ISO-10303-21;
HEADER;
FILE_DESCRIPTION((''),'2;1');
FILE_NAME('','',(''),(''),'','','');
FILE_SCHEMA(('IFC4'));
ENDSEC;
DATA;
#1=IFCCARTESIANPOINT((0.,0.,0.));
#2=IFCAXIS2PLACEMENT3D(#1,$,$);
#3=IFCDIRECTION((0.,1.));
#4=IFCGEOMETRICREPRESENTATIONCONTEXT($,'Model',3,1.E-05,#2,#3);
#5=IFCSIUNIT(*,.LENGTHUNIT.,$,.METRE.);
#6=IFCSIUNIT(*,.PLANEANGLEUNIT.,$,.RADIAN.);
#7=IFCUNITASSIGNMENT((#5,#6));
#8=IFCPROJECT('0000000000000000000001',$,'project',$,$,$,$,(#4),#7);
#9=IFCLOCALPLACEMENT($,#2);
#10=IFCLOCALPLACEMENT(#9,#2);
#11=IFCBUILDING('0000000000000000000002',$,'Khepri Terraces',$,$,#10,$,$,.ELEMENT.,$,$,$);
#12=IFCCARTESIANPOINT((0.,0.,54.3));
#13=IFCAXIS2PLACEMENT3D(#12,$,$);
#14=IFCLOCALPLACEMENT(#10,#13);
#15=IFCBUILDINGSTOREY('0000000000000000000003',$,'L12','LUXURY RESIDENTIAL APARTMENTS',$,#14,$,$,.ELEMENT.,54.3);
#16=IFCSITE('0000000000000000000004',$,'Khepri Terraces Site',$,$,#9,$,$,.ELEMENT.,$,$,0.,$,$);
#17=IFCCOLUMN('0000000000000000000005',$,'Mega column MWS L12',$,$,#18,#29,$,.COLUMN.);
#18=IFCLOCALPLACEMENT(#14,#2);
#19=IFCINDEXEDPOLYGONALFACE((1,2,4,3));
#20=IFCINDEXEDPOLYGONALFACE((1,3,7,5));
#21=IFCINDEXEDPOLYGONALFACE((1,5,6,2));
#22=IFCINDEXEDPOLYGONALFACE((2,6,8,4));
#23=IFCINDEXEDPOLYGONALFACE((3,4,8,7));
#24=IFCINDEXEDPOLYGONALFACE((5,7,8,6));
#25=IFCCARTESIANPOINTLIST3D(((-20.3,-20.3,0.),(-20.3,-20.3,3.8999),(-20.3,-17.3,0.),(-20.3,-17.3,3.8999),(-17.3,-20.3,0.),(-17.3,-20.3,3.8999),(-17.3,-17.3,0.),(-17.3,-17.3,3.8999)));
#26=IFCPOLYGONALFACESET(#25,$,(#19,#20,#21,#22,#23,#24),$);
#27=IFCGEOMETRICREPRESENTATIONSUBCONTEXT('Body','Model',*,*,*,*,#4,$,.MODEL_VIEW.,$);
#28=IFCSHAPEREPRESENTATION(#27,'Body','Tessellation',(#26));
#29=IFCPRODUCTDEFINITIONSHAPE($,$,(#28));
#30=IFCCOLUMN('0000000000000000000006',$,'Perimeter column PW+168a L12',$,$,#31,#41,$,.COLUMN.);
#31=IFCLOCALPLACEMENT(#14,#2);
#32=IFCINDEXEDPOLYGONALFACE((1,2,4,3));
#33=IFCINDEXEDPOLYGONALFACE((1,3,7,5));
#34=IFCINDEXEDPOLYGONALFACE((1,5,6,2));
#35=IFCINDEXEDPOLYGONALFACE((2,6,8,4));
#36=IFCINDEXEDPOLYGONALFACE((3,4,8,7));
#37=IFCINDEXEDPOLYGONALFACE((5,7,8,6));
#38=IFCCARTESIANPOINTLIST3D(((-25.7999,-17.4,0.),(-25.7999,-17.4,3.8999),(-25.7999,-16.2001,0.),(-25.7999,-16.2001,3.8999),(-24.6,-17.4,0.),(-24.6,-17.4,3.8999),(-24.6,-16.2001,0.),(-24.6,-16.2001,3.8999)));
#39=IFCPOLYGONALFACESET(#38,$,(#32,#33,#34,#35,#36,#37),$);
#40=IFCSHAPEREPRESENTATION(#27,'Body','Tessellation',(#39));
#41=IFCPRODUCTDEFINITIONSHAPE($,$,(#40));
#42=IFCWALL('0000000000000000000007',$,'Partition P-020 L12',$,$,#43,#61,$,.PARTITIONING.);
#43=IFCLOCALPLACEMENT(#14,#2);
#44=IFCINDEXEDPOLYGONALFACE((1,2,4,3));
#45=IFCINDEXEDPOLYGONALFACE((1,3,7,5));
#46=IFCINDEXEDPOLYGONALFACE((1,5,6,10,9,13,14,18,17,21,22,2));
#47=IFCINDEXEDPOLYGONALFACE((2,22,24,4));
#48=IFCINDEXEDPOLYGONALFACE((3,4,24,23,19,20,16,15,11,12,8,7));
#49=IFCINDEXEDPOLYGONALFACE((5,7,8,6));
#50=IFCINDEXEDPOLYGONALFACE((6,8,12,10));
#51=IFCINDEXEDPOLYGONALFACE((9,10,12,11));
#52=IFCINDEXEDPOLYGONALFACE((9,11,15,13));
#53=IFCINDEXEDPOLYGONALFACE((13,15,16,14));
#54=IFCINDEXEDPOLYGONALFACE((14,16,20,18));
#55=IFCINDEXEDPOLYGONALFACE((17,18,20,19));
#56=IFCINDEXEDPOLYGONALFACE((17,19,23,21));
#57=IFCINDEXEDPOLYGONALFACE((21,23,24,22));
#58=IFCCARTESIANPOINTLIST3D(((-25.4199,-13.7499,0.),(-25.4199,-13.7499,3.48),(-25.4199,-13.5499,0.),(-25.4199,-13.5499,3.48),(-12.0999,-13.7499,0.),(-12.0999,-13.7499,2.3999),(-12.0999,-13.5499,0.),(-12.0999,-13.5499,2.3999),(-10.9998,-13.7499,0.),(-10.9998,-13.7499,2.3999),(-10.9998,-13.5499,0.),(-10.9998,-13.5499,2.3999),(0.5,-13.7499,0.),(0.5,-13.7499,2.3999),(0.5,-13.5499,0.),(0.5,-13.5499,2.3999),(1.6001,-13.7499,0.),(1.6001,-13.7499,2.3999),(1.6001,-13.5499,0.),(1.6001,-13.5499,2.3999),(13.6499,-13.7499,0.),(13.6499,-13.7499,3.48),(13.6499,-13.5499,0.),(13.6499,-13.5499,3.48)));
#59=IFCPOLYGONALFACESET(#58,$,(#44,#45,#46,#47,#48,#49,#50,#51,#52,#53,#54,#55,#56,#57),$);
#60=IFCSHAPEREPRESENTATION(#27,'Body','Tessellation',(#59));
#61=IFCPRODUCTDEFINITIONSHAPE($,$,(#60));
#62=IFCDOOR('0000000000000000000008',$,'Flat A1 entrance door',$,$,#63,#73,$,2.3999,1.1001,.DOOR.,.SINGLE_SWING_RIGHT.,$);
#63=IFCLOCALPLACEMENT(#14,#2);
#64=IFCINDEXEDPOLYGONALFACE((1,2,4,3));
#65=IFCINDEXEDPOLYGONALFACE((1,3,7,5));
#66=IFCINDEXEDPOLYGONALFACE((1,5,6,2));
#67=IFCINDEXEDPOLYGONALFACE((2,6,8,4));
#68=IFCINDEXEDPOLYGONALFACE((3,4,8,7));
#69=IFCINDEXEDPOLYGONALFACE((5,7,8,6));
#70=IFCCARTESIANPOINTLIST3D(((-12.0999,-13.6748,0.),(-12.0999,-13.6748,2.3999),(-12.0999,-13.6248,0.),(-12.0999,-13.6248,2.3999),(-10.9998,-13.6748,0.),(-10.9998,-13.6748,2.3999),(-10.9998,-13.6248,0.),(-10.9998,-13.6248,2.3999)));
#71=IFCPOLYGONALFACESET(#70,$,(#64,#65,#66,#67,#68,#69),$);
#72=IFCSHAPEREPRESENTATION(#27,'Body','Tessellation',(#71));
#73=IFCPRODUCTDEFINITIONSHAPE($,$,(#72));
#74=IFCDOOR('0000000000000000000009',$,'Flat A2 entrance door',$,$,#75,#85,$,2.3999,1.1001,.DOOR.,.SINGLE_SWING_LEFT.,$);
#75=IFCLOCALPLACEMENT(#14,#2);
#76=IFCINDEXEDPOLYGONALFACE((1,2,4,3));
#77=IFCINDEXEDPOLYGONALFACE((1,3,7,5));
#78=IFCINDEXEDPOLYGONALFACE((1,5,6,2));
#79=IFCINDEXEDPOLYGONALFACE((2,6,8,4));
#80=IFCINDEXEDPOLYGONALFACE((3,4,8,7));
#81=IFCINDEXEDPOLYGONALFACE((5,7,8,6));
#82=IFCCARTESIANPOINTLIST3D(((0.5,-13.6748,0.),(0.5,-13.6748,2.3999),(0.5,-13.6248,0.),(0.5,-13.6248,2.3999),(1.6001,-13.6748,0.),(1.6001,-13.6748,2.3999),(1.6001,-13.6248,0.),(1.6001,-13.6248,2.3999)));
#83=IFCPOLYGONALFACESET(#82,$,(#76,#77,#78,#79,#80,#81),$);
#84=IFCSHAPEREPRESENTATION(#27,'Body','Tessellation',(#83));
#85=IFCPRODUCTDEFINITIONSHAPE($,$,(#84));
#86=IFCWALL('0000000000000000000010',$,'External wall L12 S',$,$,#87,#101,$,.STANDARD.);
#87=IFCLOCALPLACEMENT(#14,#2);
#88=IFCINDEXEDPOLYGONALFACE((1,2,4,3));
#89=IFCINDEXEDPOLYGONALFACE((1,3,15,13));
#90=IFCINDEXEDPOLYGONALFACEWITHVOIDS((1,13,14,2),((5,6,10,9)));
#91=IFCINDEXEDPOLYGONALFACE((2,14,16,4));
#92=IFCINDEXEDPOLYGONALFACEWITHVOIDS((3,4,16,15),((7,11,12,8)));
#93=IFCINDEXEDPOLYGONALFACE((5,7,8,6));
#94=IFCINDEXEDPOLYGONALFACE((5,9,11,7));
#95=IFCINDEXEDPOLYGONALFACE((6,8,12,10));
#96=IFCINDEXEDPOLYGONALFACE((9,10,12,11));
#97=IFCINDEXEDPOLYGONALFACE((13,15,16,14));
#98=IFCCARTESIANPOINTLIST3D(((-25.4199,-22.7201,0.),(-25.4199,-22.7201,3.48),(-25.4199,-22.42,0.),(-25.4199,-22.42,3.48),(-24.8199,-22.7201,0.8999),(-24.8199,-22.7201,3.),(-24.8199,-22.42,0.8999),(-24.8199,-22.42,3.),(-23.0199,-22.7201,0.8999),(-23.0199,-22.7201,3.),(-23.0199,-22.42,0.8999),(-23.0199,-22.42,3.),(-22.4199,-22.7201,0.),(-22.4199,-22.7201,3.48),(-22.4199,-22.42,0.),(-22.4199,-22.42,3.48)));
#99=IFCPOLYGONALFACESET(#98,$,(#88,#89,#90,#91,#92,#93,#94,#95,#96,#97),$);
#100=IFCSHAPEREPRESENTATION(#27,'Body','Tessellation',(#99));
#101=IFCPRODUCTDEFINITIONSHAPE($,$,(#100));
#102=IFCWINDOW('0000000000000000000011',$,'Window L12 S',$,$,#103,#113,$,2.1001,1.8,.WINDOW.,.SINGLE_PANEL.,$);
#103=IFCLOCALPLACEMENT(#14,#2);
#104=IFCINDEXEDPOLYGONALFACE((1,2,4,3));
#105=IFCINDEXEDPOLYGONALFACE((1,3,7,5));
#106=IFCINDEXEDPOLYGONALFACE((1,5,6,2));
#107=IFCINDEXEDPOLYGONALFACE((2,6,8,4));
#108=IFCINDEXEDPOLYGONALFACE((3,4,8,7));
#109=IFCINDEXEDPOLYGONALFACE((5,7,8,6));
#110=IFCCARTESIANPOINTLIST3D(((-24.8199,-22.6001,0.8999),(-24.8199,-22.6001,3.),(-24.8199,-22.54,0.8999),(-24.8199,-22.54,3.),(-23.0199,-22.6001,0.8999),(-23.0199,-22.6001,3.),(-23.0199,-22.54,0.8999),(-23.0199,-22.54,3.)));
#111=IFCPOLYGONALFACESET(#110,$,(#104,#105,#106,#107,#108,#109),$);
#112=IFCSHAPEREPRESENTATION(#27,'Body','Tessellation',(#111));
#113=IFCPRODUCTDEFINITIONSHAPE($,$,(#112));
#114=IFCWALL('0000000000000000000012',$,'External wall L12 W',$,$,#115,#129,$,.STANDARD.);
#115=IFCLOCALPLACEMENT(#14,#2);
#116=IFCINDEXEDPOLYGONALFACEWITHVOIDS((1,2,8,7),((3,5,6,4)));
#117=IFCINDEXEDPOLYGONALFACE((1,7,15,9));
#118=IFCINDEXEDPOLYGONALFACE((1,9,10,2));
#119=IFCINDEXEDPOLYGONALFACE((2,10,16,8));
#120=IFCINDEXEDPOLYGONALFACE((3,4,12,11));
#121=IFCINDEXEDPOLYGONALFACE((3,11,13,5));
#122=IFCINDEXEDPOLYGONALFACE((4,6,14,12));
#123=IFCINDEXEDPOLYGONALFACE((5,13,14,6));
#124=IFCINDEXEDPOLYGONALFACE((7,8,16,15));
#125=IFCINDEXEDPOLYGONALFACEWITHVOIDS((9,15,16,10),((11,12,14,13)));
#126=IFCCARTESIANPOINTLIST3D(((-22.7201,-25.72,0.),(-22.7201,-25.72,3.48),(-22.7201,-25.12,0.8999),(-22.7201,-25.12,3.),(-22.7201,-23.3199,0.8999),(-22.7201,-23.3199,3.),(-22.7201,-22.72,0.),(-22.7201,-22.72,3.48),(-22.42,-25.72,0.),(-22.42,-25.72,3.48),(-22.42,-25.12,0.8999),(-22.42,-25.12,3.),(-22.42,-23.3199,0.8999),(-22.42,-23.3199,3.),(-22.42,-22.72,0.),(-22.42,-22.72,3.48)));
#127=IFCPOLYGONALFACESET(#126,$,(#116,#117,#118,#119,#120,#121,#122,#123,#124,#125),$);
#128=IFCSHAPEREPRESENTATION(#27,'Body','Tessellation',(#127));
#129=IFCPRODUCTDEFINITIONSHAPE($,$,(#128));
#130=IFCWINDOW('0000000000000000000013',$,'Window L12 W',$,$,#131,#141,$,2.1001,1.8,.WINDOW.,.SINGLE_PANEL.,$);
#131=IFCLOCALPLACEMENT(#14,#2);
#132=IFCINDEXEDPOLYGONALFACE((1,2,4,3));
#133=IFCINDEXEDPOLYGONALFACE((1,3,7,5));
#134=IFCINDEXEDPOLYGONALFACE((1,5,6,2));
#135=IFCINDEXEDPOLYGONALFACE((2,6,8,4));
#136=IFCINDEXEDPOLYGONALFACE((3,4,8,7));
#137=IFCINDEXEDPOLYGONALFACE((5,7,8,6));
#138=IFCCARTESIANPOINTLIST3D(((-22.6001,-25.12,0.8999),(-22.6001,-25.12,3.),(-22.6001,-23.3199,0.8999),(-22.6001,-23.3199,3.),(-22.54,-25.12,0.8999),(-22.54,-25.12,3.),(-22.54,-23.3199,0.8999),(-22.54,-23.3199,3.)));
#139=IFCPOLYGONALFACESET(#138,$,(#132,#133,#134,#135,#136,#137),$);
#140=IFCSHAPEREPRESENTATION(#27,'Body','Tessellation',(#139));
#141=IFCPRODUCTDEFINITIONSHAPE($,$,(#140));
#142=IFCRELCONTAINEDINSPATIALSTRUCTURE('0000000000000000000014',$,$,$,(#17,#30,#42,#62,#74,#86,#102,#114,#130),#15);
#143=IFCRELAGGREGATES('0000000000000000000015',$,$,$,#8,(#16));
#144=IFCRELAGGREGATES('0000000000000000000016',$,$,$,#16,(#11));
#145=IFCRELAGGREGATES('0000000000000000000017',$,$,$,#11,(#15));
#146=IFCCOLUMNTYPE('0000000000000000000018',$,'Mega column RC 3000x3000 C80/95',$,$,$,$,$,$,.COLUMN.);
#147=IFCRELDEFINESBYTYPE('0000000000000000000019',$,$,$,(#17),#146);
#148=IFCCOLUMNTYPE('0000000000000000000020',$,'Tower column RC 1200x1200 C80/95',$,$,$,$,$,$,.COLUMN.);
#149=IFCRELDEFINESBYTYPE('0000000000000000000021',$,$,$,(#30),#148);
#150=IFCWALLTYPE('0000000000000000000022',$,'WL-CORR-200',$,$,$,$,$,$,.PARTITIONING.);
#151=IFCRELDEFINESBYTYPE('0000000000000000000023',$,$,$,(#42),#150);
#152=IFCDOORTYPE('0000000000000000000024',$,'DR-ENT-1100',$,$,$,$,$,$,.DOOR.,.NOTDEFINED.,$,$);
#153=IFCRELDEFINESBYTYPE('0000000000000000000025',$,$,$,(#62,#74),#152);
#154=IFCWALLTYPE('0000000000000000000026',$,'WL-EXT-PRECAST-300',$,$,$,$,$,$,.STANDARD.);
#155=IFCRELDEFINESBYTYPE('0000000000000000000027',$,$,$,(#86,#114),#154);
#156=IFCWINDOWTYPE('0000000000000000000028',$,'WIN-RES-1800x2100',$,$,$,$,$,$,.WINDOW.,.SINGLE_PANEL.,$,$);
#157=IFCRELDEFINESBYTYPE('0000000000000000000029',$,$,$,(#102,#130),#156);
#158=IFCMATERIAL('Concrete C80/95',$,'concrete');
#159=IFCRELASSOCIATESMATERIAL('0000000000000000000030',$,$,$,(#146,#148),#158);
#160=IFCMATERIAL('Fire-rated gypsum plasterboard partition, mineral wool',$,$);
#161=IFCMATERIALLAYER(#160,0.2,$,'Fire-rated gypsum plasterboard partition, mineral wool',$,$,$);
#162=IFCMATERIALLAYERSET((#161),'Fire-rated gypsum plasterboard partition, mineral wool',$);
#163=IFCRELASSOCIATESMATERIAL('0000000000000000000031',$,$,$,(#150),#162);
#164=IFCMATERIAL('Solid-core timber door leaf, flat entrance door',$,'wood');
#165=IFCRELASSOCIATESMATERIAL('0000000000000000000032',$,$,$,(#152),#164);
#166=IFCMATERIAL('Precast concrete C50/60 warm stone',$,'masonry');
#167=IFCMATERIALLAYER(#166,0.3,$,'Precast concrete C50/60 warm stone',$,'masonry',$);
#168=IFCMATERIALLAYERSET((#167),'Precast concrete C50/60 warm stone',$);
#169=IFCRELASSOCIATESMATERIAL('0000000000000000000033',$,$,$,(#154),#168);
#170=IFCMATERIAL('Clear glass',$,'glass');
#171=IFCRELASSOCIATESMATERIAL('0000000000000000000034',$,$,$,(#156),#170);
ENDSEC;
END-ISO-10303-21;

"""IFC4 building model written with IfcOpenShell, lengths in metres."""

from ifc_helpers import new_model, si_unit, direction, frame, frame_2d, origin, origin_2d, place, context, subcontext, project, spatial, rectangle, extrude, material, layer, layer_set, material_profile, profile_set, type_object, element, fill, save


model = new_model("IFC4")

# Units and contexts
model_context = context("Model", 3, precision=1e-05, world=origin(), true_north=direction((0.0, 1.0)))
body_context = subcontext(model_context, "Body", "Model", "MODEL_VIEW")
ifc_project = project(units=[si_unit("LENGTHUNIT", "METRE"), si_unit("PLANEANGLEUNIT", "RADIAN")], contexts=[model_context])

# Site, building, storey
site_placement = place(None, origin())
site = spatial("IfcSite", under=ifc_project, at=site_placement, Name="Khepri Terraces Site", CompositionType="ELEMENT", RefElevation=0.0)
building_placement = place(site_placement, origin())
building = spatial("IfcBuilding", under=site, at=building_placement, Name="Khepri Terraces", CompositionType="ELEMENT")
storey_placement = place(building_placement, frame((0.0, 0.0, 54.3)))
storey = spatial("IfcBuildingStorey", under=building, at=storey_placement, Name="L12", Description="LUXURY RESIDENTIAL APARTMENTS", CompositionType="ELEMENT", Elevation=54.3)

# Columns
ifc_material_1 = material(Name="Concrete C80/95", Category="concrete")
ifc_material_profile_1 = material_profile(ifc_material_1, rectangle(XDim=3.0, YDim=3.0, at=origin_2d()), Name="Concrete C80/95", Category="concrete")
ifc_profile_set_1 = profile_set([ifc_material_profile_1], Name="Concrete C80/95")
column_type_1 = type_object("IfcColumnType", Name="Mega column RC 3000x3000 C80/95", PredefinedType="COLUMN", material=ifc_profile_set_1)
column_1_placement = place(storey_placement, frame((-18.8, -18.8, 0.0), z_axis=(0.0, 0.0, 1.0), x_axis=(1.0, 0.0, 0.0)))
element("IfcColumn", 1, at=column_1_placement, inside=storey, type_object=column_type_1, Name="Mega column MWS L12", PredefinedType="COLUMN", context=body_context, shape_type="SweptSolid", body=[
    extrude(rectangle(XDim=3.0, YDim=3.0, at=origin_2d()), origin(), (0.0, 0.0, 1.0), 3.8999),
])
ifc_material_profile_2 = material_profile(ifc_material_1, rectangle(XDim=1.2, YDim=1.2, at=origin_2d()), Name="Concrete C80/95", Category="concrete")
ifc_profile_set_2 = profile_set([ifc_material_profile_2], Name="Concrete C80/95")
column_type_2 = type_object("IfcColumnType", Name="Tower column RC 1200x1200 C80/95", PredefinedType="COLUMN", material=ifc_profile_set_2)
column_2_placement = place(storey_placement, frame((-25.2, -16.8, 0.0), z_axis=(0.0, 0.0, 1.0), x_axis=(1.0, 0.0, 0.0)))
element("IfcColumn", 2, at=column_2_placement, inside=storey, type_object=column_type_2, Name="Perimeter column PW+168a L12", PredefinedType="COLUMN", context=body_context, shape_type="SweptSolid", body=[
    extrude(rectangle(XDim=1.2, YDim=1.2, at=origin_2d()), origin(), (0.0, 0.0, 1.0), 3.8999),
])

# Wall, openings, doors
ifc_material_2 = material(Name="Fire-rated gypsum plasterboard partition, mineral wool")
ifc_layer_1 = layer(ifc_material_2, 0.2, Name="Fire-rated gypsum plasterboard partition, mineral wool")
ifc_layer_set_1 = layer_set([ifc_layer_1], Name="Fire-rated gypsum plasterboard partition, mineral wool")
wall_type_1 = type_object("IfcWallType", Name="WL-CORR-200", PredefinedType="PARTITIONING", material=ifc_layer_set_1)
wall_1_placement = place(storey_placement, frame((-25.4199, -13.6499, 0.0), z_axis=(0.0, 0.0, 1.0), x_axis=(1.0, 0.0, 0.0)))
wall_1 = element("IfcWall", 3, at=wall_1_placement, inside=storey, type_object=wall_type_1, Name="Partition P-020 L12", PredefinedType="PARTITIONING", context=body_context, shape_type="SweptSolid", body=[
    extrude(rectangle(XDim=39.0698, YDim=0.2, at=frame_2d((19.5349, 0.0))), origin(), (0.0, 0.0, 1.0), 3.48),
])
opening_1_placement = place(wall_1_placement, frame((13.3201, 0.0, 0.0)))
opening_1 = element("IfcOpeningElement", 4, at=opening_1_placement, cuts=wall_1, PredefinedType="OPENING", context=body_context, shape_type="SweptSolid", body=[
    extrude(rectangle(XDim=1.1001, YDim=2.3999, at=frame_2d((0.55, 1.2))), frame((0.0, 0.1099, 0.0), z_axis=(0.0, -1.0, 0.0), x_axis=(1.0, 0.0, 0.0)), (0.0, 0.0, 1.0), 0.22),
])
opening_2_placement = place(wall_1_placement, frame((25.9199, 0.0, 0.0)))
opening_2 = element("IfcOpeningElement", 5, at=opening_2_placement, cuts=wall_1, PredefinedType="OPENING", context=body_context, shape_type="SweptSolid", body=[
    extrude(rectangle(XDim=1.1001, YDim=2.3999, at=frame_2d((0.55, 1.2))), frame((0.0, 0.1099, 0.0), z_axis=(0.0, -1.0, 0.0), x_axis=(1.0, 0.0, 0.0)), (0.0, 0.0, 1.0), 0.22),
])
ifc_material_3 = material(Name="Solid-core timber door leaf, flat entrance door", Category="wood")
door_type_1 = type_object("IfcDoorType", Name="DR-ENT-1100", OperationType="NOTDEFINED", PredefinedType="DOOR", material=ifc_material_3)
door_1_placement = place(opening_1_placement, frame((1.1001, 0.0, 0.0), z_axis=(0.0, 0.0, 1.0), x_axis=(-1.0, 0.0, 0.0)))
door_1 = element("IfcDoor", 6, at=door_1_placement, inside=storey, type_object=door_type_1, Name="Flat A1 entrance door", OperationType="SINGLE_SWING_RIGHT", OverallHeight=2.3999, OverallWidth=1.1001, PredefinedType="DOOR", context=body_context, shape_type="SweptSolid", body=[
    extrude(rectangle(XDim=1.1001, YDim=2.3999, at=frame_2d((0.55, 1.2))), frame((0.0, 0.0249, 0.0), z_axis=(0.0, -1.0, 0.0), x_axis=(1.0, 0.0, 0.0)), (0.0, 0.0, 1.0), 0.05),
])
fill(opening_1, door_1)
door_2_placement = place(opening_2_placement, frame((1.1001, 0.0, 0.0), z_axis=(0.0, 0.0, 1.0), x_axis=(-1.0, 0.0, 0.0)))
door_2 = element("IfcDoor", 7, at=door_2_placement, inside=storey, type_object=door_type_1, Name="Flat A2 entrance door", OperationType="SINGLE_SWING_LEFT", OverallHeight=2.3999, OverallWidth=1.1001, PredefinedType="DOOR", context=body_context, shape_type="SweptSolid", body=[
    extrude(rectangle(XDim=1.1001, YDim=2.3999, at=frame_2d((0.55, 1.2))), frame((0.0, 0.0249, 0.0), z_axis=(0.0, -1.0, 0.0), x_axis=(1.0, 0.0, 0.0)), (0.0, 0.0, 1.0), 0.05),
])
fill(opening_2, door_2)

# Shared definitions
ifc_material_4 = material(Name="Precast concrete C50/60 warm stone", Category="masonry")
ifc_layer_2 = layer(ifc_material_4, 0.3, Name="Precast concrete C50/60 warm stone", Category="masonry")
ifc_layer_set_2 = layer_set([ifc_layer_2], Name="Precast concrete C50/60 warm stone")
wall_type_2 = type_object("IfcWallType", Name="WL-EXT-PRECAST-300", PredefinedType="STANDARD", material=ifc_layer_set_2)
ifc_material_5 = material(Name="Clear glass", Category="glass")
window_type = type_object("IfcWindowType", Name="WIN-RES-1800x2100", PartitioningType="SINGLE_PANEL", PredefinedType="WINDOW", material=ifc_material_5)

# Walls, openings, windows
wall_2_placement = place(storey_placement, frame((-25.4199, -22.5701, 0.0), z_axis=(0.0, 0.0, 1.0), x_axis=(1.0, 0.0, 0.0)))
wall_2 = element("IfcWall", 8, at=wall_2_placement, inside=storey, type_object=wall_type_2, Name="External wall L12 S", PredefinedType="STANDARD", context=body_context, shape_type="SweptSolid", body=[
    extrude(rectangle(XDim=3.0, YDim=0.3, at=frame_2d((1.5, 0.0))), origin(), (0.0, 0.0, 1.0), 3.48),
])
opening_3_placement = place(wall_2_placement, frame((0.6001, 0.0, 0.8999)))
opening_3 = element("IfcOpeningElement", 9, at=opening_3_placement, cuts=wall_2, PredefinedType="OPENING", context=body_context, shape_type="SweptSolid", body=[
    extrude(rectangle(XDim=1.8, YDim=2.1001, at=frame_2d((0.8999, 1.05))), frame((0.0, 0.1602, 0.0), z_axis=(0.0, -1.0, 0.0), x_axis=(1.0, 0.0, 0.0)), (0.0, 0.0, 1.0), 0.3201),
])
window_1_placement = place(opening_3_placement, origin())
window_1 = element("IfcWindow", 10, at=window_1_placement, inside=storey, type_object=window_type, Name="Window L12 S", OverallHeight=2.1001, OverallWidth=1.8, PartitioningType="SINGLE_PANEL", PredefinedType="WINDOW", context=body_context, shape_type="SweptSolid", body=[
    extrude(rectangle(XDim=1.8, YDim=2.1001, at=frame_2d((0.8999, 1.05))), frame((0.0, 0.03, 0.0), z_axis=(0.0, -1.0, 0.0), x_axis=(1.0, 0.0, 0.0)), (0.0, 0.0, 1.0), 0.0601),
])
fill(opening_3, window_1)
wall_3_placement = place(storey_placement, frame((-22.5701, -22.72, 0.0), z_axis=(0.0, 0.0, 1.0), x_axis=(0.0, -1.0, 0.0)))
wall_3 = element("IfcWall", 11, at=wall_3_placement, inside=storey, type_object=wall_type_2, Name="External wall L12 W", PredefinedType="STANDARD", context=body_context, shape_type="SweptSolid", body=[
    extrude(rectangle(XDim=3.0, YDim=0.3, at=frame_2d((1.5, 0.0))), origin(), (0.0, 0.0, 1.0), 3.48),
])
opening_4_placement = place(wall_3_placement, frame((0.6001, 0.0, 0.8999)))
opening_4 = element("IfcOpeningElement", 12, at=opening_4_placement, cuts=wall_3, PredefinedType="OPENING", context=body_context, shape_type="SweptSolid", body=[
    extrude(rectangle(XDim=1.8, YDim=2.1001, at=frame_2d((0.8999, 1.05))), frame((0.0, 0.1602, 0.0), z_axis=(0.0, -1.0, 0.0), x_axis=(1.0, 0.0, 0.0)), (0.0, 0.0, 1.0), 0.3201),
])
window_2_placement = place(opening_4_placement, origin())
window_2 = element("IfcWindow", 13, at=window_2_placement, inside=storey, type_object=window_type, Name="Window L12 W", OverallHeight=2.1001, OverallWidth=1.8, PartitioningType="SINGLE_PANEL", PredefinedType="WINDOW", context=body_context, shape_type="SweptSolid", body=[
    extrude(rectangle(XDim=1.8, YDim=2.1001, at=frame_2d((0.8999, 1.05))), frame((0.0, 0.03, 0.0), z_axis=(0.0, -1.0, 0.0), x_axis=(1.0, 0.0, 0.0)), (0.0, 0.0, 1.0), 0.0601),
])
fill(opening_4, window_2)

save(model, "model.ifc")
